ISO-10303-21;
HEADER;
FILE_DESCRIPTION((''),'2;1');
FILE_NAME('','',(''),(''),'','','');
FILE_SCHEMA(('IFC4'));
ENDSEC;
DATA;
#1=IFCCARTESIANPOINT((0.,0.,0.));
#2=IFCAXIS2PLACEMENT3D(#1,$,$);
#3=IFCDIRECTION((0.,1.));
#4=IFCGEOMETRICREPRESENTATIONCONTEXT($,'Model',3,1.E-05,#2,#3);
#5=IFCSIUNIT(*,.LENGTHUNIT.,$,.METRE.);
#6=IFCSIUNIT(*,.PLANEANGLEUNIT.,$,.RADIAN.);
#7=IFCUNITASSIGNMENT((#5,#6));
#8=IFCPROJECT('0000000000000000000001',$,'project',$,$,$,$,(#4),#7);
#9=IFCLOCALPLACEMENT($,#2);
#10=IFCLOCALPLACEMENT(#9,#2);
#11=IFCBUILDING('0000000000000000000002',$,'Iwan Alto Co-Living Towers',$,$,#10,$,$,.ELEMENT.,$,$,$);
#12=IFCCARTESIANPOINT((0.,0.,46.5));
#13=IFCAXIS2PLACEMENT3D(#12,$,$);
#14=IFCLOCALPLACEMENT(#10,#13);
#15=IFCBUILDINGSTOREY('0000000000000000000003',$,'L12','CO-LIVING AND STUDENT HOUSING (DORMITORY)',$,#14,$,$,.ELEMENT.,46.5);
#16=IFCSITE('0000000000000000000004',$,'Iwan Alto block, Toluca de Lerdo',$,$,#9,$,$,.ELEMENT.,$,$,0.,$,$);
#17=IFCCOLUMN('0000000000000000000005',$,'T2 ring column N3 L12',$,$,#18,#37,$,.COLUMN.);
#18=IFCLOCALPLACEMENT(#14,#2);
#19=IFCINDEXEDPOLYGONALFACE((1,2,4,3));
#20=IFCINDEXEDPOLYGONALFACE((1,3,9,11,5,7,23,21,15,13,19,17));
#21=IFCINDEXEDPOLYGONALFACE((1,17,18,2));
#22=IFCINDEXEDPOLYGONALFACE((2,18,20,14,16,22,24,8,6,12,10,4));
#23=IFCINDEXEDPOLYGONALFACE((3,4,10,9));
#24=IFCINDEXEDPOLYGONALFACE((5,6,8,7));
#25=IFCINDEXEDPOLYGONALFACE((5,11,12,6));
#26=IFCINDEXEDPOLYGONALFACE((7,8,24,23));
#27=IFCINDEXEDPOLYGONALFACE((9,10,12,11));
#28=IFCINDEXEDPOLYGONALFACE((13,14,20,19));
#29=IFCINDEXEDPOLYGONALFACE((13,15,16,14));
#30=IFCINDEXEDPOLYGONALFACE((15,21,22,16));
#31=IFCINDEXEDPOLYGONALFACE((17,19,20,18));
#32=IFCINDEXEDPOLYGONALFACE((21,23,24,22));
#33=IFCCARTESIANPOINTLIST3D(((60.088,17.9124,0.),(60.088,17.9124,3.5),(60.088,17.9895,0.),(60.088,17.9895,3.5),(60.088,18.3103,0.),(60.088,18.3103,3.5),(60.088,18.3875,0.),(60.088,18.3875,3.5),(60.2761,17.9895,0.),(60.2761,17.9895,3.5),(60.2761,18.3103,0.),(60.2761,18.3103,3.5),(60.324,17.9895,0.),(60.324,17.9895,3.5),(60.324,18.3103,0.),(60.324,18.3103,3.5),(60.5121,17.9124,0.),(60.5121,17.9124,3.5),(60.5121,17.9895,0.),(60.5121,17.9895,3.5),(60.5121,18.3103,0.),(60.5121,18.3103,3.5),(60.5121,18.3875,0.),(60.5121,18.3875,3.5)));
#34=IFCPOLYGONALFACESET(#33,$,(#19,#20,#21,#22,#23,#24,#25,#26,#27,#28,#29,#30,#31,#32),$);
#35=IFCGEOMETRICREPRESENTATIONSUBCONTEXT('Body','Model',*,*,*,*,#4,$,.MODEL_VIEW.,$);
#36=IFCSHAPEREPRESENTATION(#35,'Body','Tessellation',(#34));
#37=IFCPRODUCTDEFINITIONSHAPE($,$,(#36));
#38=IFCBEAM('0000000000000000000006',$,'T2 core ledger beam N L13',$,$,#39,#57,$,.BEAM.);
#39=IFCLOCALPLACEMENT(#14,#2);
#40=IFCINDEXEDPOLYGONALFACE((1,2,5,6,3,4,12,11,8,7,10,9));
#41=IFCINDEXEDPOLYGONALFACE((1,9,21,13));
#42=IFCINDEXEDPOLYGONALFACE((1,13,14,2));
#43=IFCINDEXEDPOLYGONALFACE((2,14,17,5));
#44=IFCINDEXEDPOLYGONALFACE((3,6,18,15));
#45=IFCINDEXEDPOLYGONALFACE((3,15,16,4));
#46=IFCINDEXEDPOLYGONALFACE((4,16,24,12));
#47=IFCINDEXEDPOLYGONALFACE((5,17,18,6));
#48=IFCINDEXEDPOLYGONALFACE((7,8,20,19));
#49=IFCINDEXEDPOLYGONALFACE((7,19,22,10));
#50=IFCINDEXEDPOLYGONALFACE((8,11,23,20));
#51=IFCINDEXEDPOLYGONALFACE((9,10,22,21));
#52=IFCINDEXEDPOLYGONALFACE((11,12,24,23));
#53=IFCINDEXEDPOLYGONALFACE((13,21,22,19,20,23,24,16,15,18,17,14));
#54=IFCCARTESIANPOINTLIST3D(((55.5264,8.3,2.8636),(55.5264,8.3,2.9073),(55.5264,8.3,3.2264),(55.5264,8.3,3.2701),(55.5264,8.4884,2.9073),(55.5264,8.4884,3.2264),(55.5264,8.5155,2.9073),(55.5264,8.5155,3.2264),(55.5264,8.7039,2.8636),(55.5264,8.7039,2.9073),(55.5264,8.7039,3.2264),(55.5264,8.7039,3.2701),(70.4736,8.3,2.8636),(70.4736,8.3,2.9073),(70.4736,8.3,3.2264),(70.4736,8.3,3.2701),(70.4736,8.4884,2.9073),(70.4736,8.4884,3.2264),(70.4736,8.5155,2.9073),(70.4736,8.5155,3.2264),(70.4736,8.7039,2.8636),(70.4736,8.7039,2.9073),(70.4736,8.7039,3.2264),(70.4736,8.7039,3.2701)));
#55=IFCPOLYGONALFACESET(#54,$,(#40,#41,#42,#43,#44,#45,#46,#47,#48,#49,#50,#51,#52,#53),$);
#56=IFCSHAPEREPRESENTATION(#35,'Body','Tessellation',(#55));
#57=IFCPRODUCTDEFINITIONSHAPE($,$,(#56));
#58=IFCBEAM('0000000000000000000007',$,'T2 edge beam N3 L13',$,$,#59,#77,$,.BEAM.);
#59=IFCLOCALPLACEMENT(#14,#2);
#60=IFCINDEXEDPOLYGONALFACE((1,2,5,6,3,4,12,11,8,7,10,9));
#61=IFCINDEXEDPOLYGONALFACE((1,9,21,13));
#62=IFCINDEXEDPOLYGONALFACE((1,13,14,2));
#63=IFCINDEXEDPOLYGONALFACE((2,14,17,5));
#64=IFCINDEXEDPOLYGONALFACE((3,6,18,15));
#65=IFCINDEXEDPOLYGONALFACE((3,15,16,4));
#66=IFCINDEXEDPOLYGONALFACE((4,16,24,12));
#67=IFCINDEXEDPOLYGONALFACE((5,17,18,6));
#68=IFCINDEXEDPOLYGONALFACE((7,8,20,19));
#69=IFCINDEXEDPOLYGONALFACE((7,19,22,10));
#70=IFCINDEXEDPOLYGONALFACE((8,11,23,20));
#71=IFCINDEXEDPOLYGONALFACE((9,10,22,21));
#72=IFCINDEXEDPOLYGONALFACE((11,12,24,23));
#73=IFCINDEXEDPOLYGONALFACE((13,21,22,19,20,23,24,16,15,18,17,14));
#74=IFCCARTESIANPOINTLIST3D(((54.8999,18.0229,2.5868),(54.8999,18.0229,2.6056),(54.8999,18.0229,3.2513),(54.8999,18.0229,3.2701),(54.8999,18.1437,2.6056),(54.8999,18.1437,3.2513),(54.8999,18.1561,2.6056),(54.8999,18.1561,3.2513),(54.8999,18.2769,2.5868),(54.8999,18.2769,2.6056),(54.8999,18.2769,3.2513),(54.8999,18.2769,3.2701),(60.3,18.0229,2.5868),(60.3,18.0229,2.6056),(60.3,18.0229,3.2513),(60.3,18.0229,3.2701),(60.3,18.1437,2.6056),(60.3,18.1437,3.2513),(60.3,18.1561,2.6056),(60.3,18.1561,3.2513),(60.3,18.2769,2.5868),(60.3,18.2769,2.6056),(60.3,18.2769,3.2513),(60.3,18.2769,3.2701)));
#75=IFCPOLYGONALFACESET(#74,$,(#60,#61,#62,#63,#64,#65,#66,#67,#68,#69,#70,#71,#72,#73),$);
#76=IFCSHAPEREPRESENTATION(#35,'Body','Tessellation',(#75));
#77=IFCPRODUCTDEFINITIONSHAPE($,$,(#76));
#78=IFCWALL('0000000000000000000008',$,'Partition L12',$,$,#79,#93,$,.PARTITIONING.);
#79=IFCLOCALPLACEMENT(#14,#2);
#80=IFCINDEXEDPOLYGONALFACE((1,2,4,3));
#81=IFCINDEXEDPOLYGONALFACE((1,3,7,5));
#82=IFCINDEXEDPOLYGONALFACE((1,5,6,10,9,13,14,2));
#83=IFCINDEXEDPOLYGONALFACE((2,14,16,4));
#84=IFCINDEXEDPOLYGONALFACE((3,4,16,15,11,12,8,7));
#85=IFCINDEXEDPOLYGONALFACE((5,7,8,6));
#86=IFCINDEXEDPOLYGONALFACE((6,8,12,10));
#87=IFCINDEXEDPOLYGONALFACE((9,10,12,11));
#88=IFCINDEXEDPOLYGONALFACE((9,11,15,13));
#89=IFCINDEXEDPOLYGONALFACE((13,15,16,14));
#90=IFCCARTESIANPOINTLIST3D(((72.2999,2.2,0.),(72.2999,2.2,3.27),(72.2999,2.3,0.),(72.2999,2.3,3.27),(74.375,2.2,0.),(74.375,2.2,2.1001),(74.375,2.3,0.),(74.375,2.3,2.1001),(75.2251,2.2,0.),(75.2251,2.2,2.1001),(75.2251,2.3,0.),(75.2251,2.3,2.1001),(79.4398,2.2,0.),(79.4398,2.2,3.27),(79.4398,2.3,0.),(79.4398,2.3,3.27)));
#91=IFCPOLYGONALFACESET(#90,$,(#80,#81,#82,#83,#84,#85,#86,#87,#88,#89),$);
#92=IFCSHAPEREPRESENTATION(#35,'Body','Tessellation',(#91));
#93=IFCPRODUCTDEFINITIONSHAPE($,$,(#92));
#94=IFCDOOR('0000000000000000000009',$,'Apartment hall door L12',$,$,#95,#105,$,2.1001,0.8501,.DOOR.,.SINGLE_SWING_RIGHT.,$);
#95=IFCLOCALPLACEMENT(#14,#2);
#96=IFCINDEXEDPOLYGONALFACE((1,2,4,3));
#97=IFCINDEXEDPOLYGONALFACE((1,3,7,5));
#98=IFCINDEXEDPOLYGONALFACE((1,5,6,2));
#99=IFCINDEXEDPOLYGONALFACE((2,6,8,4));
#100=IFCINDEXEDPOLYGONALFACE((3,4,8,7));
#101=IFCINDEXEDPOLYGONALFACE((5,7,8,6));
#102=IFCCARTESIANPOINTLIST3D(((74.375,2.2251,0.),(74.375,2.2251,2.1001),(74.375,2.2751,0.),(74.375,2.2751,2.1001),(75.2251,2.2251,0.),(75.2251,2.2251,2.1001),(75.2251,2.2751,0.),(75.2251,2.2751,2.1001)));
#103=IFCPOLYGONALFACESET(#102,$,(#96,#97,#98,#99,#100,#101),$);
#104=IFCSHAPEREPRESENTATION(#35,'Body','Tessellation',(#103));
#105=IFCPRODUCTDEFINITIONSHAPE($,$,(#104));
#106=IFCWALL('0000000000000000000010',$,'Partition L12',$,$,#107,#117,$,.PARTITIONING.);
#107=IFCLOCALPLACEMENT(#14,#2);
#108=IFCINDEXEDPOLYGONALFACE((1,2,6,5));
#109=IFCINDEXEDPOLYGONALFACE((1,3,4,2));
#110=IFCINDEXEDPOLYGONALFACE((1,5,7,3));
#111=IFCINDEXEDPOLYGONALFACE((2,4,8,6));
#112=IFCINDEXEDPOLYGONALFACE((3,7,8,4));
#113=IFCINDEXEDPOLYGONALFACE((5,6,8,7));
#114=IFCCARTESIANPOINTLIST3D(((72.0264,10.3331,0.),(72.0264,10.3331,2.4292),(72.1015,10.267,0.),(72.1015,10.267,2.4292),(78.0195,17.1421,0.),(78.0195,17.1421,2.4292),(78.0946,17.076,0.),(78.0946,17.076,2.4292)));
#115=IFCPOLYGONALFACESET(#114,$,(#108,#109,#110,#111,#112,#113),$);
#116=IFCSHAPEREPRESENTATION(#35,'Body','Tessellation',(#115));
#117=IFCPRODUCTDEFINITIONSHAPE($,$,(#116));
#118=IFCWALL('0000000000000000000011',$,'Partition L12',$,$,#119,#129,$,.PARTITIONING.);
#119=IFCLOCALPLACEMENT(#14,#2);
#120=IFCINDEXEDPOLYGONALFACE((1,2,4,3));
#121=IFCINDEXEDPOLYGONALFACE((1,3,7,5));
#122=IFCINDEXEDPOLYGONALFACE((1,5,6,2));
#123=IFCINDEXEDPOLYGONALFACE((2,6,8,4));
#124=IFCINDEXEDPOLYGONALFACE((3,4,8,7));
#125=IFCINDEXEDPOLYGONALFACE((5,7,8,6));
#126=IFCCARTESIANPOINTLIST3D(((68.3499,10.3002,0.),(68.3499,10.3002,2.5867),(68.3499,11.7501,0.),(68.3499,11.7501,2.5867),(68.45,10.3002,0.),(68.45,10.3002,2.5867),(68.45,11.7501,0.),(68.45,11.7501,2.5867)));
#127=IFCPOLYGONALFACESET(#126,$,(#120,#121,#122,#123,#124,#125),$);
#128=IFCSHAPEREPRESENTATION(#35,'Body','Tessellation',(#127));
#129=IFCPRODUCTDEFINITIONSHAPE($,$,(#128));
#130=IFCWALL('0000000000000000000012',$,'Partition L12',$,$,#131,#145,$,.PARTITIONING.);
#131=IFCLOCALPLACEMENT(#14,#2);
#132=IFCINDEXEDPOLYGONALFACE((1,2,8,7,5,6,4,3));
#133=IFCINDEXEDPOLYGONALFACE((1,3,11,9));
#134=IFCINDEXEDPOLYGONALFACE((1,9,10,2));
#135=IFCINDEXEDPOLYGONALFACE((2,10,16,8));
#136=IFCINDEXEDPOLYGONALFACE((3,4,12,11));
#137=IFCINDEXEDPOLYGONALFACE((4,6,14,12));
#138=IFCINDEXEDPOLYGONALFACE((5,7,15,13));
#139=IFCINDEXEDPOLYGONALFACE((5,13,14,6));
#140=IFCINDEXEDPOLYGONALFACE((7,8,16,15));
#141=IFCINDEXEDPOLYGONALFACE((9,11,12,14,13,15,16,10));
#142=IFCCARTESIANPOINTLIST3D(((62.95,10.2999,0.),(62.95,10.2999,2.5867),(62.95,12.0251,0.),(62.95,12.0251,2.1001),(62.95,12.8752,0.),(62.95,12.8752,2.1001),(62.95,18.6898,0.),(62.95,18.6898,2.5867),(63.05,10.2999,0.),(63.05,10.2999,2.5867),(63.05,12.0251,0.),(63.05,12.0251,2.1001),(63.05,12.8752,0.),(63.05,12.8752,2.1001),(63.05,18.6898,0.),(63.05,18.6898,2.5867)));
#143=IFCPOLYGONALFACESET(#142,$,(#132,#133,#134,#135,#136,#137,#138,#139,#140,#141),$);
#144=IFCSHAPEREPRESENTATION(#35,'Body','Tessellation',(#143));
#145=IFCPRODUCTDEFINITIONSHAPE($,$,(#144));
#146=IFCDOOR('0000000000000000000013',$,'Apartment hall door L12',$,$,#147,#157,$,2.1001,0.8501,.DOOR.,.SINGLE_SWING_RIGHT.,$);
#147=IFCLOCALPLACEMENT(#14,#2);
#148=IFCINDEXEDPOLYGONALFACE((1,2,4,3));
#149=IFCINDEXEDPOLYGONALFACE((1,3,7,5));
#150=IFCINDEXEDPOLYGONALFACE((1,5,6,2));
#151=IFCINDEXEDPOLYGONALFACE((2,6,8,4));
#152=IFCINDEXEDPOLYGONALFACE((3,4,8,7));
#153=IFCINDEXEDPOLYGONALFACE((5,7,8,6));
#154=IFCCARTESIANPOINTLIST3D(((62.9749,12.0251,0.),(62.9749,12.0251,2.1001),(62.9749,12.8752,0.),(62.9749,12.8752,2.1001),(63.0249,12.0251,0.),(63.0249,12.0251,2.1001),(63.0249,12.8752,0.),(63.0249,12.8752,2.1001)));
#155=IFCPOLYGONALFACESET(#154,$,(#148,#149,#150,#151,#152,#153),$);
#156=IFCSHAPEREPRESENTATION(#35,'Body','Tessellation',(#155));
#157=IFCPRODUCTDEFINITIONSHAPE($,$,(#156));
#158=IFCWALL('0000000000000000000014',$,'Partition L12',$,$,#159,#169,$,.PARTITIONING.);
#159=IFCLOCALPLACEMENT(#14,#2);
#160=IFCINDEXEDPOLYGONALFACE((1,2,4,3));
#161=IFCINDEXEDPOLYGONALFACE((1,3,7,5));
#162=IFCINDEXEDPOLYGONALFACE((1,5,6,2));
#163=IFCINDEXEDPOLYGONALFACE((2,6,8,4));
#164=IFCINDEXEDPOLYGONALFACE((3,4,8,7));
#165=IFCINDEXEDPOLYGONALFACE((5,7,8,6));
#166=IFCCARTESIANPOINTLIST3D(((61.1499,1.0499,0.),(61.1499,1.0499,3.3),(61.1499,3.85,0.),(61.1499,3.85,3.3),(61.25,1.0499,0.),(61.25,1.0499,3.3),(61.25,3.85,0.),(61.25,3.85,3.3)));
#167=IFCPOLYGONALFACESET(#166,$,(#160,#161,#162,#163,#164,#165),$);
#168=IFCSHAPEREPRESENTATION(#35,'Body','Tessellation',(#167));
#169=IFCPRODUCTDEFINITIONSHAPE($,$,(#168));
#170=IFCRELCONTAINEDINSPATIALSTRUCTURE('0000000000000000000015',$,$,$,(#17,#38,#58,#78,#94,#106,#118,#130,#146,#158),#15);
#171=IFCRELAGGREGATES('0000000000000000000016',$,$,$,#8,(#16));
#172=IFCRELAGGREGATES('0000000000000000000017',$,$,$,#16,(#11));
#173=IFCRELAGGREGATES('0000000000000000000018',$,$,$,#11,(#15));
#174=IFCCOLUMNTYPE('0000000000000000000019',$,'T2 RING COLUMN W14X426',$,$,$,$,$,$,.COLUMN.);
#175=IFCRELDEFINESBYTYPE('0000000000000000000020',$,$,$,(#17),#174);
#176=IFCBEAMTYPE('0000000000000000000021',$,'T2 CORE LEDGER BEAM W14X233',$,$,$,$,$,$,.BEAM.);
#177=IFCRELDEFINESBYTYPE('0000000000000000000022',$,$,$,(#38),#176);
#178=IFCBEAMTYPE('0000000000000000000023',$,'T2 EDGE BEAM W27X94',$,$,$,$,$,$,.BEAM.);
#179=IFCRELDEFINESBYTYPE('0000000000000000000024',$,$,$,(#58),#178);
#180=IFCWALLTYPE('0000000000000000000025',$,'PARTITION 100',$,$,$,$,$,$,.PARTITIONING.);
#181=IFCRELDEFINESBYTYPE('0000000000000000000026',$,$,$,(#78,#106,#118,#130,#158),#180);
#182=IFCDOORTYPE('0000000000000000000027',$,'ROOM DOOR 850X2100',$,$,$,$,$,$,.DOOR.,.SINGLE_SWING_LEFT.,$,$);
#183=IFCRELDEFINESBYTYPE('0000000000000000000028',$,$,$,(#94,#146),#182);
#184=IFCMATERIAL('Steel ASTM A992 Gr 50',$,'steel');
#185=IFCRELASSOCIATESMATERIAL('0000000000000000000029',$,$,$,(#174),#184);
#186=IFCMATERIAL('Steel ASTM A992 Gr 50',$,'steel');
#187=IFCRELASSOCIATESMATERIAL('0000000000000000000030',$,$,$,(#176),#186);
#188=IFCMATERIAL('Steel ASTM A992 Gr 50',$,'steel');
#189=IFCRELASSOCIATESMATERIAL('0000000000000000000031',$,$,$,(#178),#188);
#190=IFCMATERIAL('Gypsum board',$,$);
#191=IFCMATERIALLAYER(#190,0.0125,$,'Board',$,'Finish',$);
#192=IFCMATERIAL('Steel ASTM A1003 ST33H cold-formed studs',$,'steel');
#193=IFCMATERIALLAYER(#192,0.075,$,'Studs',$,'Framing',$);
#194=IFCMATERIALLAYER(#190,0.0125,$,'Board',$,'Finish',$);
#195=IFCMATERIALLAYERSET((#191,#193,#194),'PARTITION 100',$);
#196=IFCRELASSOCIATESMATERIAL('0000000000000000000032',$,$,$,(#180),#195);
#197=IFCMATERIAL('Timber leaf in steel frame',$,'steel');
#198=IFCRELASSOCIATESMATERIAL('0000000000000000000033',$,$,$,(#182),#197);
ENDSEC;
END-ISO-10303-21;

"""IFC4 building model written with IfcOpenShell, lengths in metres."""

from ifc_helpers import new_model, si_unit, direction, frame, frame_2d, origin, origin_2d, place, context, subcontext, project, spatial, rectangle, i_section, extrude, material, layer, layer_set, material_profile, profile_set, type_object, element, fill, save


model = new_model("IFC4")

# Units and contexts
model_context = context("Model", 3, precision=1e-05, world=origin(), true_north=direction((0.0, 1.0)))
body_context = subcontext(model_context, "Body", "Model", "MODEL_VIEW")
ifc_project = project(units=[si_unit("LENGTHUNIT", "METRE"), si_unit("PLANEANGLEUNIT", "RADIAN")], contexts=[model_context])

# Site, building, storey
site_placement = place(None, origin())
site = spatial("IfcSite", under=ifc_project, at=site_placement, Name="Iwan Alto block, Toluca de Lerdo", CompositionType="ELEMENT", RefElevation=0.0)
building_placement = place(site_placement, origin())
building = spatial("IfcBuilding", under=site, at=building_placement, Name="Iwan Alto Co-Living Towers", CompositionType="ELEMENT")
storey_placement = place(building_placement, frame((0.0, 0.0, 46.5)))
storey = spatial("IfcBuildingStorey", under=building, at=storey_placement, Name="L12", Description="CO-LIVING AND STUDENT HOUSING (DORMITORY)", CompositionType="ELEMENT", Elevation=46.5)

# Column
ifc_material_1 = material(Name="Steel ASTM A992 Gr 50", Category="steel")
ifc_material_profile_1 = material_profile(ifc_material_1, i_section(OverallWidth=0.4241, OverallDepth=0.4751, WebThickness=0.0479, FlangeThickness=0.0771, at=origin_2d()), Name="W14X426")
ifc_profile_set_1 = profile_set([ifc_material_profile_1], Name="Steel ASTM A992 Gr 50")
column_type = type_object("IfcColumnType", Name="T2 RING COLUMN W14X426", PredefinedType="COLUMN", material=ifc_profile_set_1)
column_placement = place(storey_placement, frame((60.3, 18.1499, 0.0), z_axis=(0.0, 0.0, 1.0), x_axis=(1.0, 0.0, 0.0)))
element("IfcColumn", 1, at=column_placement, inside=storey, type_object=column_type, Name="T2 ring column N3 L12", PredefinedType="COLUMN", context=body_context, shape_type="SweptSolid", body=[
    extrude(i_section(OverallWidth=0.4241, OverallDepth=0.4751, WebThickness=0.0479, FlangeThickness=0.0771, at=origin_2d()), origin(), (0.0, 0.0, 1.0), 3.5),
])

# Beams
ifc_material_2 = material(Name="Steel ASTM A992 Gr 50", Category="steel")
ifc_material_profile_2 = material_profile(ifc_material_2, i_section(OverallWidth=0.4038, OverallDepth=0.4065, WebThickness=0.0271, FlangeThickness=0.0437, at=origin_2d()), Name="W14X233")
ifc_profile_set_2 = profile_set([ifc_material_profile_2], Name="Steel ASTM A992 Gr 50")
beam_type_1 = type_object("IfcBeamType", Name="T2 CORE LEDGER BEAM W14X233", PredefinedType="BEAM", material=ifc_profile_set_2)
beam_1_placement = place(storey_placement, frame((70.4736, 8.502, 3.0669), z_axis=(-1.0, 0.0, 0.0), x_axis=(0.0, -1.0, 0.0)))
element("IfcBeam", 2, at=beam_1_placement, inside=storey, type_object=beam_type_1, Name="T2 core ledger beam N L13", PredefinedType="BEAM", context=body_context, shape_type="SweptSolid", body=[
    extrude(i_section(OverallWidth=0.4038, OverallDepth=0.4065, WebThickness=0.0271, FlangeThickness=0.0437, at=origin_2d()), origin(), (0.0, 0.0, 1.0), 14.9473),
])
ifc_material_3 = material(Name="Steel ASTM A992 Gr 50", Category="steel")
ifc_material_profile_3 = material_profile(ifc_material_3, i_section(OverallWidth=0.2539, OverallDepth=0.6833, WebThickness=0.0125, FlangeThickness=0.0188, at=origin_2d()), Name="W27X94")
ifc_profile_set_3 = profile_set([ifc_material_profile_3], Name="Steel ASTM A992 Gr 50")
beam_type_2 = type_object("IfcBeamType", Name="T2 EDGE BEAM W27X94", PredefinedType="BEAM", material=ifc_profile_set_3)
beam_2_placement = place(storey_placement, frame((60.3, 18.1499, 2.9285), z_axis=(-1.0, 0.0, 0.0), x_axis=(0.0, -1.0, 0.0)))
element("IfcBeam", 3, at=beam_2_placement, inside=storey, type_object=beam_type_2, Name="T2 edge beam N3 L13", PredefinedType="BEAM", context=body_context, shape_type="SweptSolid", body=[
    extrude(i_section(OverallWidth=0.2539, OverallDepth=0.6833, WebThickness=0.0125, FlangeThickness=0.0188, at=origin_2d()), origin(), (0.0, 0.0, 1.0), 5.4001),
])

# Wall, opening, door
ifc_material_4 = material(Name="Gypsum board")
ifc_layer_1 = layer(ifc_material_4, 0.0125, Name="Board", Category="Finish")
ifc_material_5 = material(Name="Steel ASTM A1003 ST33H cold-formed studs", Category="steel")
ifc_layer_2 = layer(ifc_material_5, 0.075, Name="Studs", Category="Framing")
ifc_layer_3 = layer(ifc_material_4, 0.0125, Name="Board", Category="Finish")
ifc_layer_set_1 = layer_set([ifc_layer_1, ifc_layer_2, ifc_layer_3], Name="PARTITION 100")
wall_type_1 = type_object("IfcWallType", Name="PARTITION 100", PredefinedType="PARTITIONING", material=ifc_layer_set_1)
wall_1_placement = place(storey_placement, frame((72.3, 2.25, 0.0), z_axis=(0.0, 0.0, 1.0), x_axis=(1.0, 0.0, 0.0)))
wall_1 = element("IfcWall", 4, at=wall_1_placement, inside=storey, type_object=wall_type_1, Name="Partition L12", PredefinedType="PARTITIONING", context=body_context, shape_type="SweptSolid", body=[
    extrude(rectangle(XDim=7.1399, YDim=0.1001, at=frame_2d((3.5698, 0.0))), origin(), (0.0, 0.0, 1.0), 3.27),
])
opening_1_placement = place(wall_1_placement, frame((2.075, 0.0, 0.0)))
opening_1 = element("IfcOpeningElement", 5, at=opening_1_placement, cuts=wall_1, PredefinedType="OPENING", context=body_context, shape_type="SweptSolid", body=[
    extrude(rectangle(XDim=0.8501, YDim=2.1001, at=frame_2d((0.425, 1.05))), frame((0.0, 0.0601, 0.0), z_axis=(0.0, -1.0, 0.0), x_axis=(1.0, 0.0, 0.0)), (0.0, 0.0, 1.0), 0.1201),
])
ifc_material_6 = material(Name="Timber leaf in steel frame", Category="steel")
door_type_1 = type_object("IfcDoorType", Name="ROOM DOOR 850X2100", OperationType="SINGLE_SWING_LEFT", PredefinedType="DOOR", material=ifc_material_6)
door_1_placement = place(opening_1_placement, frame((0.8501, 0.0, 0.0), z_axis=(0.0, 0.0, 1.0), x_axis=(-1.0, 0.0, 0.0)))
door_1 = element("IfcDoor", 6, at=door_1_placement, inside=storey, type_object=door_type_1, Name="Apartment hall door L12", OperationType="SINGLE_SWING_RIGHT", OverallHeight=2.1001, OverallWidth=0.8501, PredefinedType="DOOR", context=body_context, shape_type="SweptSolid", body=[
    extrude(rectangle(XDim=0.8501, YDim=2.1001, at=frame_2d((0.425, 1.05))), frame((0.0, 0.0249, 0.0), z_axis=(0.0, -1.0, 0.0), x_axis=(1.0, 0.0, 0.0)), (0.0, 0.0, 1.0), 0.05),
])
fill(opening_1, door_1)

# Walls
wall_2_placement = place(storey_placement, frame((72.064, 10.3, 0.0), z_axis=(0.0, 0.0, 1.0), x_axis=(0.660701, 0.750649, 0.0)))
element("IfcWall", 7, at=wall_2_placement, inside=storey, type_object=wall_type_1, Name="Partition L12", PredefinedType="PARTITIONING", context=body_context, shape_type="SweptSolid", body=[
    extrude(rectangle(XDim=9.0708, YDim=0.1001, at=frame_2d((4.5354, 0.0))), origin(), (0.0, 0.0, 1.0), 2.4292),
])
wall_3_placement = place(storey_placement, frame((68.3999, 10.3, 0.0), z_axis=(0.0, 0.0, 1.0), x_axis=(0.0, 1.0, 0.0)))
element("IfcWall", 8, at=wall_3_placement, inside=storey, type_object=wall_type_1, Name="Partition L12", PredefinedType="PARTITIONING", context=body_context, shape_type="SweptSolid", body=[
    extrude(rectangle(XDim=1.45, YDim=0.1001, at=frame_2d((0.7251, 0.0))), origin(), (0.0, 0.0, 1.0), 2.5867),
])

# Wall, opening, door
wall_4_placement = place(storey_placement, frame((63.0, 10.3, 0.0), z_axis=(0.0, 0.0, 1.0), x_axis=(0.0, 1.0, 0.0)))
wall_4 = element("IfcWall", 9, at=wall_4_placement, inside=storey, type_object=wall_type_1, Name="Partition L12", PredefinedType="PARTITIONING", context=body_context, shape_type="SweptSolid", body=[
    extrude(rectangle(XDim=8.3899, YDim=0.1001, at=frame_2d((4.1948, 0.0))), origin(), (0.0, 0.0, 1.0), 2.5867),
])
opening_2_placement = place(wall_4_placement, frame((1.7251, 0.0, 0.0)))
opening_2 = element("IfcOpeningElement", 10, at=opening_2_placement, cuts=wall_4, PredefinedType="OPENING", context=body_context, shape_type="SweptSolid", body=[
    extrude(rectangle(XDim=0.8501, YDim=2.1001, at=frame_2d((0.425, 1.05))), frame((0.0, 0.0601, 0.0), z_axis=(0.0, -1.0, 0.0), x_axis=(1.0, 0.0, 0.0)), (0.0, 0.0, 1.0), 0.1201),
])
door_2_placement = place(opening_2_placement, frame((0.8501, 0.0, 0.0), z_axis=(0.0, 0.0, 1.0), x_axis=(-1.0, 0.0, 0.0)))
door_2 = element("IfcDoor", 11, at=door_2_placement, inside=storey, type_object=door_type_1, Name="Apartment hall door L12", OperationType="SINGLE_SWING_RIGHT", OverallHeight=2.1001, OverallWidth=0.8501, PredefinedType="DOOR", context=body_context, shape_type="SweptSolid", body=[
    extrude(rectangle(XDim=0.8501, YDim=2.1001, at=frame_2d((0.425, 1.05))), frame((0.0, 0.0249, 0.0), z_axis=(0.0, -1.0, 0.0), x_axis=(1.0, 0.0, 0.0)), (0.0, 0.0, 1.0), 0.05),
])
fill(opening_2, door_2)

# Wall
wall_5_placement = place(storey_placement, frame((61.2, 1.05, 0.0), z_axis=(0.0, 0.0, 1.0), x_axis=(0.0, 1.0, 0.0)))
element("IfcWall", 12, at=wall_5_placement, inside=storey, type_object=wall_type_1, Name="Partition L12", PredefinedType="PARTITIONING", context=body_context, shape_type="SweptSolid", body=[
    extrude(rectangle(XDim=2.8, YDim=0.1001, at=frame_2d((1.3999, 0.0))), origin(), (0.0, 0.0, 1.0), 3.3),
])

save(model, "model.ifc")
